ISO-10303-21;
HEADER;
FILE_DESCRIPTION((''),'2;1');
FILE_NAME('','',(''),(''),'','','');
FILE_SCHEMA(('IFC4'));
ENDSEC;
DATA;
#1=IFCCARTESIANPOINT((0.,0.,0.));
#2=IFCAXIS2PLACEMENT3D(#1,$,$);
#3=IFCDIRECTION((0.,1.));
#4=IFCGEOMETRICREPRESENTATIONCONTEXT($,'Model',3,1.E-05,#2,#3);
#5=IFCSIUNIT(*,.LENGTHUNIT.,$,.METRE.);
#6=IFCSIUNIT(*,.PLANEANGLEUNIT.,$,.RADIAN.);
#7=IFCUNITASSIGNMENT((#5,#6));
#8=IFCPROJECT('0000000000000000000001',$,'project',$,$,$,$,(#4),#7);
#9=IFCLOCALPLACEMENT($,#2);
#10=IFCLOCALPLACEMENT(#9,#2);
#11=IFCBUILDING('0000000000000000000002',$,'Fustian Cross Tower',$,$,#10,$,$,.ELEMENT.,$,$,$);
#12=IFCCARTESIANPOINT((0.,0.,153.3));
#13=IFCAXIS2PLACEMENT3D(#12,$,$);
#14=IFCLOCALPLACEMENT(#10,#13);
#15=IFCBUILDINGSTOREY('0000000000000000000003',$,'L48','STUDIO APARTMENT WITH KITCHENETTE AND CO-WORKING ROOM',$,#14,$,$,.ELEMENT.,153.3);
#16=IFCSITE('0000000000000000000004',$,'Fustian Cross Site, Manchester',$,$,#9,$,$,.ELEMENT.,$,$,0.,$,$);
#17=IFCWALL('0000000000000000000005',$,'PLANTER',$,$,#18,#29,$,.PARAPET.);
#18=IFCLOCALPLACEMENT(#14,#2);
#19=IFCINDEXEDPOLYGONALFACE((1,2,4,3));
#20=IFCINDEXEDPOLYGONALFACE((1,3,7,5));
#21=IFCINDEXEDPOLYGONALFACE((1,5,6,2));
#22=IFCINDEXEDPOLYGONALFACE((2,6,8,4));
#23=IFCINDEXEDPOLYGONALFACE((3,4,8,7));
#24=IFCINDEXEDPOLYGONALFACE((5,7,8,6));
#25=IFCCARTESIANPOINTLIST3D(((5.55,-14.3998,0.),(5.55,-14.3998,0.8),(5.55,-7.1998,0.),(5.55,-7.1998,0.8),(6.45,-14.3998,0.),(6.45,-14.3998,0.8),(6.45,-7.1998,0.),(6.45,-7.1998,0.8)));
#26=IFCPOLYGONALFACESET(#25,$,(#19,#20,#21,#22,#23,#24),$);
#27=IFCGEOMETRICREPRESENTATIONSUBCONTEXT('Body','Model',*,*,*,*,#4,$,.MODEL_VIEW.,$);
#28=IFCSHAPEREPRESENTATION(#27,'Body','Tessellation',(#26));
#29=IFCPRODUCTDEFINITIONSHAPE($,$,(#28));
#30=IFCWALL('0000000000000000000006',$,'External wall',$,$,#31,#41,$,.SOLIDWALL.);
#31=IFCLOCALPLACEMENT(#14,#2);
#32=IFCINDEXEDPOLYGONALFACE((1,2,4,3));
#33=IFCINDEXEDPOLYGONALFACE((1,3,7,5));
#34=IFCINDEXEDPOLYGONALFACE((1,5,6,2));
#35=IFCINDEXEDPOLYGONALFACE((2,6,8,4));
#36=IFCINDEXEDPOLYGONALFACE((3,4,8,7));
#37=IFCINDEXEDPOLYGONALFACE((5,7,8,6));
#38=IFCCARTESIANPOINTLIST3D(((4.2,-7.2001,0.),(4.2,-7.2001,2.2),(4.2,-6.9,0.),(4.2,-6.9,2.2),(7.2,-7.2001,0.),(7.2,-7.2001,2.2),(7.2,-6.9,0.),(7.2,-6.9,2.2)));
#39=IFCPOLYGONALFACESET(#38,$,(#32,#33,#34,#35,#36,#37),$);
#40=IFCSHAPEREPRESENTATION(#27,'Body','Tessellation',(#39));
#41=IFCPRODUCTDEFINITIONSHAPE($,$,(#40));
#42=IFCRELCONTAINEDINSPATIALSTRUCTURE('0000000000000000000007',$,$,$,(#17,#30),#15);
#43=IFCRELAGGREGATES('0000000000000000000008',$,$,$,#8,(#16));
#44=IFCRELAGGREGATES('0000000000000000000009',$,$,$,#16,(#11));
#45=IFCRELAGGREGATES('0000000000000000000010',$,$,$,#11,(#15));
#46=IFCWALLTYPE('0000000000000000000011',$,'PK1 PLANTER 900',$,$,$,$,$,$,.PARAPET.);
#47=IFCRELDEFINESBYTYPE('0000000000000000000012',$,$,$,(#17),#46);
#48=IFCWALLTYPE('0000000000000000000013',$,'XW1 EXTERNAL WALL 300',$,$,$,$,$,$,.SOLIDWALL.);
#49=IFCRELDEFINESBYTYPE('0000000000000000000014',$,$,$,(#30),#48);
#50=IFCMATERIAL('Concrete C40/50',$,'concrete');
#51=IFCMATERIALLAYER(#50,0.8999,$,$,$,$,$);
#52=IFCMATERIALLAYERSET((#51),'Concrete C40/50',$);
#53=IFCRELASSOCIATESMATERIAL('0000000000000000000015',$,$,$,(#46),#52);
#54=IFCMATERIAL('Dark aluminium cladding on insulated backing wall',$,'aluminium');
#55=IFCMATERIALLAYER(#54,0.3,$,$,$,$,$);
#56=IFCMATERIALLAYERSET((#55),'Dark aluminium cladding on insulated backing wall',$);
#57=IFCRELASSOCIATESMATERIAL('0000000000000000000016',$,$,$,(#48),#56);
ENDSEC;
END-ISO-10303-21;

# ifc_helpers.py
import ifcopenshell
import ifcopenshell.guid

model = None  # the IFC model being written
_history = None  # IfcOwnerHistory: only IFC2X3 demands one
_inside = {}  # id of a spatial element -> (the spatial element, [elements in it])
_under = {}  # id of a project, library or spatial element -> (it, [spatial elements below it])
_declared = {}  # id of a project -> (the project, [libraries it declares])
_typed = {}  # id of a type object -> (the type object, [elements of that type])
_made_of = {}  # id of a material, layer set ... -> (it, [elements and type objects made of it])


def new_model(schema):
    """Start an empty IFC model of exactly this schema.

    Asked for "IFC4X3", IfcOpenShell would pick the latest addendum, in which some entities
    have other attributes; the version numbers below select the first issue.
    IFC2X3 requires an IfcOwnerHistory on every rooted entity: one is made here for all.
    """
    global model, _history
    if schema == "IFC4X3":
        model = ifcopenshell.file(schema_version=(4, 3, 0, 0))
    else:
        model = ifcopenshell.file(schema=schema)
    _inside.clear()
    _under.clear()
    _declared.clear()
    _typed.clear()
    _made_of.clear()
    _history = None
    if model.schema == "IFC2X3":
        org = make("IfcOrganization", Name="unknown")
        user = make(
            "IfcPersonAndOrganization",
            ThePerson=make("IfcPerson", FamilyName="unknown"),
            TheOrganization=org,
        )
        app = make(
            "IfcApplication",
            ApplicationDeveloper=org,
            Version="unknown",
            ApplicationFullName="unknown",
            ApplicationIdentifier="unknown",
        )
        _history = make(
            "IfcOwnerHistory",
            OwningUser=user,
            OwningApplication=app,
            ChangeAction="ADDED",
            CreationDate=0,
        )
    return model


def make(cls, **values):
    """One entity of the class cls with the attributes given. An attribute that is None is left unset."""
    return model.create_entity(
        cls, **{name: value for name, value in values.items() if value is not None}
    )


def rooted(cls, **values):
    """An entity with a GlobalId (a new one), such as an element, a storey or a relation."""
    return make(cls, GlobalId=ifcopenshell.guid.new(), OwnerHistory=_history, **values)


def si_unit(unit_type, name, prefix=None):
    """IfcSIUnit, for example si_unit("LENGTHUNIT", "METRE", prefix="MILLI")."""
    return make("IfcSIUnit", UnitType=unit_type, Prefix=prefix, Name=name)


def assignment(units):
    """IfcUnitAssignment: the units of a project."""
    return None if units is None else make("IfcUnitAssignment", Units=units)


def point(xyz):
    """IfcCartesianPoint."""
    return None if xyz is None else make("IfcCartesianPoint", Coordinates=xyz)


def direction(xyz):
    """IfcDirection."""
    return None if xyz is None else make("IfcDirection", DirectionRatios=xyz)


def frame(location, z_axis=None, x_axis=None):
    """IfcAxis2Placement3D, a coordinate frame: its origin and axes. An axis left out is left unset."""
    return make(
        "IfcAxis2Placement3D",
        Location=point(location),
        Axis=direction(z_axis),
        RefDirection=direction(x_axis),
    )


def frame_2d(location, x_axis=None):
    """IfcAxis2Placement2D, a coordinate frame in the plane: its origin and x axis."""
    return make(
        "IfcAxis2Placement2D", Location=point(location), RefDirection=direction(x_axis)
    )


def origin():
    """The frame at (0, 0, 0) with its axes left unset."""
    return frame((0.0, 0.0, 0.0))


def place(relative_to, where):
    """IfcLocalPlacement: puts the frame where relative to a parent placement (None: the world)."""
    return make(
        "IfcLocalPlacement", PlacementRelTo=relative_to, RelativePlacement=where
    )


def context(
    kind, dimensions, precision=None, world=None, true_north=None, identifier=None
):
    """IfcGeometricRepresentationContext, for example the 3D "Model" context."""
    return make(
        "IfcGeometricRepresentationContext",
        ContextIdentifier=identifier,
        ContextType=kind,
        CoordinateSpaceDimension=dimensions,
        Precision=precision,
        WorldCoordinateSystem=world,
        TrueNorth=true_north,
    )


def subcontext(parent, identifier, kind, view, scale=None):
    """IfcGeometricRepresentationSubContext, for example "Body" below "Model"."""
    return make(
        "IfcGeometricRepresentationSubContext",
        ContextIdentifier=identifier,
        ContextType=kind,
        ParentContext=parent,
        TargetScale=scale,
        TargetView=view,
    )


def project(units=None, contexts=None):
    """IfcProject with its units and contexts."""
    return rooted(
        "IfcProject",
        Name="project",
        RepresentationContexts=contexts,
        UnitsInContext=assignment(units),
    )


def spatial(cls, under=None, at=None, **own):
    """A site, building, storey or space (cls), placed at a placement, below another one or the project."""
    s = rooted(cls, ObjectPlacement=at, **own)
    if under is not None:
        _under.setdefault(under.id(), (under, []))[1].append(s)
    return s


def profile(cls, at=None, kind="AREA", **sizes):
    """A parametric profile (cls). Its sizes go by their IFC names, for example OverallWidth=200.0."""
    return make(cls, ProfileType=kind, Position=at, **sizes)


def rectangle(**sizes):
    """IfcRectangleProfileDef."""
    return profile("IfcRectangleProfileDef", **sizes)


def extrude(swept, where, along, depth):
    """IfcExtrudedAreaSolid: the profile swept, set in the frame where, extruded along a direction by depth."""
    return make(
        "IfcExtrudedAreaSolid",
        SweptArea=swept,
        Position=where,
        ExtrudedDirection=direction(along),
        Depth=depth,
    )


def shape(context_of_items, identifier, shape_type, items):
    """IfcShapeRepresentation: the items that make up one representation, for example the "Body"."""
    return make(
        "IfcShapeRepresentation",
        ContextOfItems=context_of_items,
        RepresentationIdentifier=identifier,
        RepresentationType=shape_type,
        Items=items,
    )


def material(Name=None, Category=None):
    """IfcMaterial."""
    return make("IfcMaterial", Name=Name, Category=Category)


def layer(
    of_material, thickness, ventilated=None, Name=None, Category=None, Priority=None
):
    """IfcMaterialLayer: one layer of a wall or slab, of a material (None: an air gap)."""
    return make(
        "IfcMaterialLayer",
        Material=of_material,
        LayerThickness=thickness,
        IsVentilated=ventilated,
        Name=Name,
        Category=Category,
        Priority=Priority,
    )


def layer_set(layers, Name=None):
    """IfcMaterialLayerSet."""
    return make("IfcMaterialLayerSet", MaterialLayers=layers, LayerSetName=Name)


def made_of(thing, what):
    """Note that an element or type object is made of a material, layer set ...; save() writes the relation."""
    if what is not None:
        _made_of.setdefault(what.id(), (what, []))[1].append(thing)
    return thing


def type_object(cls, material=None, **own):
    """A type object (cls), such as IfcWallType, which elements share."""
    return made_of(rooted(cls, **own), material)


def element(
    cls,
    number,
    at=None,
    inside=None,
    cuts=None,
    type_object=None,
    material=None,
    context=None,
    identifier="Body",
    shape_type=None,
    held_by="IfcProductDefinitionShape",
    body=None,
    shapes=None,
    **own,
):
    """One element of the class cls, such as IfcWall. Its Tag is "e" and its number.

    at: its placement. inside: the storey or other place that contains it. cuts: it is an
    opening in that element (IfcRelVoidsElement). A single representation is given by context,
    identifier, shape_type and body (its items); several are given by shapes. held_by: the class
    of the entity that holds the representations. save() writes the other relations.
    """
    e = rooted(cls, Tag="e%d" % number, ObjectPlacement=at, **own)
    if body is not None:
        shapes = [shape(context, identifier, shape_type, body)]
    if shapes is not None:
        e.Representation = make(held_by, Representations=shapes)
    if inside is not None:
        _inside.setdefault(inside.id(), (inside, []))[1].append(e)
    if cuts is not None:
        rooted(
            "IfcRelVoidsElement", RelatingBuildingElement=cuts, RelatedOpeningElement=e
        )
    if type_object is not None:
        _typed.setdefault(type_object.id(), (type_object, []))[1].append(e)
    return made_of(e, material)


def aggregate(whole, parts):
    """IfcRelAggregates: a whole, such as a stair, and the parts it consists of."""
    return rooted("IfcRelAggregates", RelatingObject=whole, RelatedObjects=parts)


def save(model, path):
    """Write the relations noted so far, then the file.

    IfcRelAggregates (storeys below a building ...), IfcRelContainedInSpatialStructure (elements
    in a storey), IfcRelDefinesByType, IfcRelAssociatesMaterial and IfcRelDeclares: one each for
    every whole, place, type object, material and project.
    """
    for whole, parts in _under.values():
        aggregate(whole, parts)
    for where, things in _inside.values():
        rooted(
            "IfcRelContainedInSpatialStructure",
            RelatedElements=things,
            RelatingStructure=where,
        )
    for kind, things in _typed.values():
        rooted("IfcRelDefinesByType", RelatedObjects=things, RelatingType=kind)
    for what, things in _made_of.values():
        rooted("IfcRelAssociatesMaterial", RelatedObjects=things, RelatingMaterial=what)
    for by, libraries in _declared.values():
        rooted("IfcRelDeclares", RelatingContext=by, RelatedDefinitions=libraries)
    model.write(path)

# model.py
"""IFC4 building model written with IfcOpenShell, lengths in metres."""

from ifc_helpers import new_model, si_unit, direction, frame, frame_2d, origin, place, context, subcontext, project, spatial, rectangle, extrude, material, layer, layer_set, type_object, element, save


model = new_model("IFC4")

# Units and contexts
model_context = context("Model", 3, precision=1e-05, world=origin(), true_north=direction((0.0, 1.0)))
body_context = subcontext(model_context, "Body", "Model", "MODEL_VIEW")
ifc_project = project(units=[si_unit("LENGTHUNIT", "METRE"), si_unit("PLANEANGLEUNIT", "RADIAN")], contexts=[model_context])

# Site, building, storey
site_placement = place(None, origin())
site = spatial("IfcSite", under=ifc_project, at=site_placement, Name="Fustian Cross Site, Manchester", CompositionType="ELEMENT", RefElevation=0.0)
building_placement = place(site_placement, origin())
building = spatial("IfcBuilding", under=site, at=building_placement, Name="Fustian Cross Tower", CompositionType="ELEMENT")
storey_placement = place(building_placement, frame((0.0, 0.0, 153.3)))
storey = spatial("IfcBuildingStorey", under=building, at=storey_placement, Name="L48", Description="STUDIO APARTMENT WITH KITCHENETTE AND CO-WORKING ROOM", CompositionType="ELEMENT", Elevation=153.3)

# Walls
ifc_material_1 = material(Name="Concrete C40/50", Category="concrete")
ifc_layer_1 = layer(ifc_material_1, 0.8999)
ifc_layer_set_1 = layer_set([ifc_layer_1], Name="Concrete C40/50")
wall_type_1 = type_object("IfcWallType", Name="PK1 PLANTER 900", PredefinedType="PARAPET", material=ifc_layer_set_1)
wall_1_placement = place(storey_placement, frame((6.0, -14.3999, 0.0), z_axis=(0.0, 0.0, 1.0), x_axis=(0.0, 1.0, 0.0)))
element("IfcWall", 1, at=wall_1_placement, inside=storey, type_object=wall_type_1, Name="PLANTER", PredefinedType="PARAPET", context=body_context, shape_type="SweptSolid", body=[
    extrude(rectangle(XDim=7.2, YDim=0.8999, at=frame_2d((3.6001, 0.0))), origin(), (0.0, 0.0, 1.0), 0.8),
])
ifc_material_2 = material(Name="Dark aluminium cladding on insulated backing wall", Category="aluminium")
ifc_layer_2 = layer(ifc_material_2, 0.3)
ifc_layer_set_2 = layer_set([ifc_layer_2], Name="Dark aluminium cladding on insulated backing wall")
wall_type_2 = type_object("IfcWallType", Name="XW1 EXTERNAL WALL 300", PredefinedType="SOLIDWALL", material=ifc_layer_set_2)
wall_2_placement = place(storey_placement, frame((4.2, -7.05, 0.0), z_axis=(0.0, 0.0, 1.0), x_axis=(1.0, 0.0, 0.0)))
element("IfcWall", 2, at=wall_2_placement, inside=storey, type_object=wall_type_2, Name="External wall", PredefinedType="SOLIDWALL", context=body_context, shape_type="SweptSolid", body=[
    extrude(rectangle(XDim=3.0, YDim=0.3, at=frame_2d((1.5, 0.0))), origin(), (0.0, 0.0, 1.0), 2.2),
])

save(model, "model.ifc")
